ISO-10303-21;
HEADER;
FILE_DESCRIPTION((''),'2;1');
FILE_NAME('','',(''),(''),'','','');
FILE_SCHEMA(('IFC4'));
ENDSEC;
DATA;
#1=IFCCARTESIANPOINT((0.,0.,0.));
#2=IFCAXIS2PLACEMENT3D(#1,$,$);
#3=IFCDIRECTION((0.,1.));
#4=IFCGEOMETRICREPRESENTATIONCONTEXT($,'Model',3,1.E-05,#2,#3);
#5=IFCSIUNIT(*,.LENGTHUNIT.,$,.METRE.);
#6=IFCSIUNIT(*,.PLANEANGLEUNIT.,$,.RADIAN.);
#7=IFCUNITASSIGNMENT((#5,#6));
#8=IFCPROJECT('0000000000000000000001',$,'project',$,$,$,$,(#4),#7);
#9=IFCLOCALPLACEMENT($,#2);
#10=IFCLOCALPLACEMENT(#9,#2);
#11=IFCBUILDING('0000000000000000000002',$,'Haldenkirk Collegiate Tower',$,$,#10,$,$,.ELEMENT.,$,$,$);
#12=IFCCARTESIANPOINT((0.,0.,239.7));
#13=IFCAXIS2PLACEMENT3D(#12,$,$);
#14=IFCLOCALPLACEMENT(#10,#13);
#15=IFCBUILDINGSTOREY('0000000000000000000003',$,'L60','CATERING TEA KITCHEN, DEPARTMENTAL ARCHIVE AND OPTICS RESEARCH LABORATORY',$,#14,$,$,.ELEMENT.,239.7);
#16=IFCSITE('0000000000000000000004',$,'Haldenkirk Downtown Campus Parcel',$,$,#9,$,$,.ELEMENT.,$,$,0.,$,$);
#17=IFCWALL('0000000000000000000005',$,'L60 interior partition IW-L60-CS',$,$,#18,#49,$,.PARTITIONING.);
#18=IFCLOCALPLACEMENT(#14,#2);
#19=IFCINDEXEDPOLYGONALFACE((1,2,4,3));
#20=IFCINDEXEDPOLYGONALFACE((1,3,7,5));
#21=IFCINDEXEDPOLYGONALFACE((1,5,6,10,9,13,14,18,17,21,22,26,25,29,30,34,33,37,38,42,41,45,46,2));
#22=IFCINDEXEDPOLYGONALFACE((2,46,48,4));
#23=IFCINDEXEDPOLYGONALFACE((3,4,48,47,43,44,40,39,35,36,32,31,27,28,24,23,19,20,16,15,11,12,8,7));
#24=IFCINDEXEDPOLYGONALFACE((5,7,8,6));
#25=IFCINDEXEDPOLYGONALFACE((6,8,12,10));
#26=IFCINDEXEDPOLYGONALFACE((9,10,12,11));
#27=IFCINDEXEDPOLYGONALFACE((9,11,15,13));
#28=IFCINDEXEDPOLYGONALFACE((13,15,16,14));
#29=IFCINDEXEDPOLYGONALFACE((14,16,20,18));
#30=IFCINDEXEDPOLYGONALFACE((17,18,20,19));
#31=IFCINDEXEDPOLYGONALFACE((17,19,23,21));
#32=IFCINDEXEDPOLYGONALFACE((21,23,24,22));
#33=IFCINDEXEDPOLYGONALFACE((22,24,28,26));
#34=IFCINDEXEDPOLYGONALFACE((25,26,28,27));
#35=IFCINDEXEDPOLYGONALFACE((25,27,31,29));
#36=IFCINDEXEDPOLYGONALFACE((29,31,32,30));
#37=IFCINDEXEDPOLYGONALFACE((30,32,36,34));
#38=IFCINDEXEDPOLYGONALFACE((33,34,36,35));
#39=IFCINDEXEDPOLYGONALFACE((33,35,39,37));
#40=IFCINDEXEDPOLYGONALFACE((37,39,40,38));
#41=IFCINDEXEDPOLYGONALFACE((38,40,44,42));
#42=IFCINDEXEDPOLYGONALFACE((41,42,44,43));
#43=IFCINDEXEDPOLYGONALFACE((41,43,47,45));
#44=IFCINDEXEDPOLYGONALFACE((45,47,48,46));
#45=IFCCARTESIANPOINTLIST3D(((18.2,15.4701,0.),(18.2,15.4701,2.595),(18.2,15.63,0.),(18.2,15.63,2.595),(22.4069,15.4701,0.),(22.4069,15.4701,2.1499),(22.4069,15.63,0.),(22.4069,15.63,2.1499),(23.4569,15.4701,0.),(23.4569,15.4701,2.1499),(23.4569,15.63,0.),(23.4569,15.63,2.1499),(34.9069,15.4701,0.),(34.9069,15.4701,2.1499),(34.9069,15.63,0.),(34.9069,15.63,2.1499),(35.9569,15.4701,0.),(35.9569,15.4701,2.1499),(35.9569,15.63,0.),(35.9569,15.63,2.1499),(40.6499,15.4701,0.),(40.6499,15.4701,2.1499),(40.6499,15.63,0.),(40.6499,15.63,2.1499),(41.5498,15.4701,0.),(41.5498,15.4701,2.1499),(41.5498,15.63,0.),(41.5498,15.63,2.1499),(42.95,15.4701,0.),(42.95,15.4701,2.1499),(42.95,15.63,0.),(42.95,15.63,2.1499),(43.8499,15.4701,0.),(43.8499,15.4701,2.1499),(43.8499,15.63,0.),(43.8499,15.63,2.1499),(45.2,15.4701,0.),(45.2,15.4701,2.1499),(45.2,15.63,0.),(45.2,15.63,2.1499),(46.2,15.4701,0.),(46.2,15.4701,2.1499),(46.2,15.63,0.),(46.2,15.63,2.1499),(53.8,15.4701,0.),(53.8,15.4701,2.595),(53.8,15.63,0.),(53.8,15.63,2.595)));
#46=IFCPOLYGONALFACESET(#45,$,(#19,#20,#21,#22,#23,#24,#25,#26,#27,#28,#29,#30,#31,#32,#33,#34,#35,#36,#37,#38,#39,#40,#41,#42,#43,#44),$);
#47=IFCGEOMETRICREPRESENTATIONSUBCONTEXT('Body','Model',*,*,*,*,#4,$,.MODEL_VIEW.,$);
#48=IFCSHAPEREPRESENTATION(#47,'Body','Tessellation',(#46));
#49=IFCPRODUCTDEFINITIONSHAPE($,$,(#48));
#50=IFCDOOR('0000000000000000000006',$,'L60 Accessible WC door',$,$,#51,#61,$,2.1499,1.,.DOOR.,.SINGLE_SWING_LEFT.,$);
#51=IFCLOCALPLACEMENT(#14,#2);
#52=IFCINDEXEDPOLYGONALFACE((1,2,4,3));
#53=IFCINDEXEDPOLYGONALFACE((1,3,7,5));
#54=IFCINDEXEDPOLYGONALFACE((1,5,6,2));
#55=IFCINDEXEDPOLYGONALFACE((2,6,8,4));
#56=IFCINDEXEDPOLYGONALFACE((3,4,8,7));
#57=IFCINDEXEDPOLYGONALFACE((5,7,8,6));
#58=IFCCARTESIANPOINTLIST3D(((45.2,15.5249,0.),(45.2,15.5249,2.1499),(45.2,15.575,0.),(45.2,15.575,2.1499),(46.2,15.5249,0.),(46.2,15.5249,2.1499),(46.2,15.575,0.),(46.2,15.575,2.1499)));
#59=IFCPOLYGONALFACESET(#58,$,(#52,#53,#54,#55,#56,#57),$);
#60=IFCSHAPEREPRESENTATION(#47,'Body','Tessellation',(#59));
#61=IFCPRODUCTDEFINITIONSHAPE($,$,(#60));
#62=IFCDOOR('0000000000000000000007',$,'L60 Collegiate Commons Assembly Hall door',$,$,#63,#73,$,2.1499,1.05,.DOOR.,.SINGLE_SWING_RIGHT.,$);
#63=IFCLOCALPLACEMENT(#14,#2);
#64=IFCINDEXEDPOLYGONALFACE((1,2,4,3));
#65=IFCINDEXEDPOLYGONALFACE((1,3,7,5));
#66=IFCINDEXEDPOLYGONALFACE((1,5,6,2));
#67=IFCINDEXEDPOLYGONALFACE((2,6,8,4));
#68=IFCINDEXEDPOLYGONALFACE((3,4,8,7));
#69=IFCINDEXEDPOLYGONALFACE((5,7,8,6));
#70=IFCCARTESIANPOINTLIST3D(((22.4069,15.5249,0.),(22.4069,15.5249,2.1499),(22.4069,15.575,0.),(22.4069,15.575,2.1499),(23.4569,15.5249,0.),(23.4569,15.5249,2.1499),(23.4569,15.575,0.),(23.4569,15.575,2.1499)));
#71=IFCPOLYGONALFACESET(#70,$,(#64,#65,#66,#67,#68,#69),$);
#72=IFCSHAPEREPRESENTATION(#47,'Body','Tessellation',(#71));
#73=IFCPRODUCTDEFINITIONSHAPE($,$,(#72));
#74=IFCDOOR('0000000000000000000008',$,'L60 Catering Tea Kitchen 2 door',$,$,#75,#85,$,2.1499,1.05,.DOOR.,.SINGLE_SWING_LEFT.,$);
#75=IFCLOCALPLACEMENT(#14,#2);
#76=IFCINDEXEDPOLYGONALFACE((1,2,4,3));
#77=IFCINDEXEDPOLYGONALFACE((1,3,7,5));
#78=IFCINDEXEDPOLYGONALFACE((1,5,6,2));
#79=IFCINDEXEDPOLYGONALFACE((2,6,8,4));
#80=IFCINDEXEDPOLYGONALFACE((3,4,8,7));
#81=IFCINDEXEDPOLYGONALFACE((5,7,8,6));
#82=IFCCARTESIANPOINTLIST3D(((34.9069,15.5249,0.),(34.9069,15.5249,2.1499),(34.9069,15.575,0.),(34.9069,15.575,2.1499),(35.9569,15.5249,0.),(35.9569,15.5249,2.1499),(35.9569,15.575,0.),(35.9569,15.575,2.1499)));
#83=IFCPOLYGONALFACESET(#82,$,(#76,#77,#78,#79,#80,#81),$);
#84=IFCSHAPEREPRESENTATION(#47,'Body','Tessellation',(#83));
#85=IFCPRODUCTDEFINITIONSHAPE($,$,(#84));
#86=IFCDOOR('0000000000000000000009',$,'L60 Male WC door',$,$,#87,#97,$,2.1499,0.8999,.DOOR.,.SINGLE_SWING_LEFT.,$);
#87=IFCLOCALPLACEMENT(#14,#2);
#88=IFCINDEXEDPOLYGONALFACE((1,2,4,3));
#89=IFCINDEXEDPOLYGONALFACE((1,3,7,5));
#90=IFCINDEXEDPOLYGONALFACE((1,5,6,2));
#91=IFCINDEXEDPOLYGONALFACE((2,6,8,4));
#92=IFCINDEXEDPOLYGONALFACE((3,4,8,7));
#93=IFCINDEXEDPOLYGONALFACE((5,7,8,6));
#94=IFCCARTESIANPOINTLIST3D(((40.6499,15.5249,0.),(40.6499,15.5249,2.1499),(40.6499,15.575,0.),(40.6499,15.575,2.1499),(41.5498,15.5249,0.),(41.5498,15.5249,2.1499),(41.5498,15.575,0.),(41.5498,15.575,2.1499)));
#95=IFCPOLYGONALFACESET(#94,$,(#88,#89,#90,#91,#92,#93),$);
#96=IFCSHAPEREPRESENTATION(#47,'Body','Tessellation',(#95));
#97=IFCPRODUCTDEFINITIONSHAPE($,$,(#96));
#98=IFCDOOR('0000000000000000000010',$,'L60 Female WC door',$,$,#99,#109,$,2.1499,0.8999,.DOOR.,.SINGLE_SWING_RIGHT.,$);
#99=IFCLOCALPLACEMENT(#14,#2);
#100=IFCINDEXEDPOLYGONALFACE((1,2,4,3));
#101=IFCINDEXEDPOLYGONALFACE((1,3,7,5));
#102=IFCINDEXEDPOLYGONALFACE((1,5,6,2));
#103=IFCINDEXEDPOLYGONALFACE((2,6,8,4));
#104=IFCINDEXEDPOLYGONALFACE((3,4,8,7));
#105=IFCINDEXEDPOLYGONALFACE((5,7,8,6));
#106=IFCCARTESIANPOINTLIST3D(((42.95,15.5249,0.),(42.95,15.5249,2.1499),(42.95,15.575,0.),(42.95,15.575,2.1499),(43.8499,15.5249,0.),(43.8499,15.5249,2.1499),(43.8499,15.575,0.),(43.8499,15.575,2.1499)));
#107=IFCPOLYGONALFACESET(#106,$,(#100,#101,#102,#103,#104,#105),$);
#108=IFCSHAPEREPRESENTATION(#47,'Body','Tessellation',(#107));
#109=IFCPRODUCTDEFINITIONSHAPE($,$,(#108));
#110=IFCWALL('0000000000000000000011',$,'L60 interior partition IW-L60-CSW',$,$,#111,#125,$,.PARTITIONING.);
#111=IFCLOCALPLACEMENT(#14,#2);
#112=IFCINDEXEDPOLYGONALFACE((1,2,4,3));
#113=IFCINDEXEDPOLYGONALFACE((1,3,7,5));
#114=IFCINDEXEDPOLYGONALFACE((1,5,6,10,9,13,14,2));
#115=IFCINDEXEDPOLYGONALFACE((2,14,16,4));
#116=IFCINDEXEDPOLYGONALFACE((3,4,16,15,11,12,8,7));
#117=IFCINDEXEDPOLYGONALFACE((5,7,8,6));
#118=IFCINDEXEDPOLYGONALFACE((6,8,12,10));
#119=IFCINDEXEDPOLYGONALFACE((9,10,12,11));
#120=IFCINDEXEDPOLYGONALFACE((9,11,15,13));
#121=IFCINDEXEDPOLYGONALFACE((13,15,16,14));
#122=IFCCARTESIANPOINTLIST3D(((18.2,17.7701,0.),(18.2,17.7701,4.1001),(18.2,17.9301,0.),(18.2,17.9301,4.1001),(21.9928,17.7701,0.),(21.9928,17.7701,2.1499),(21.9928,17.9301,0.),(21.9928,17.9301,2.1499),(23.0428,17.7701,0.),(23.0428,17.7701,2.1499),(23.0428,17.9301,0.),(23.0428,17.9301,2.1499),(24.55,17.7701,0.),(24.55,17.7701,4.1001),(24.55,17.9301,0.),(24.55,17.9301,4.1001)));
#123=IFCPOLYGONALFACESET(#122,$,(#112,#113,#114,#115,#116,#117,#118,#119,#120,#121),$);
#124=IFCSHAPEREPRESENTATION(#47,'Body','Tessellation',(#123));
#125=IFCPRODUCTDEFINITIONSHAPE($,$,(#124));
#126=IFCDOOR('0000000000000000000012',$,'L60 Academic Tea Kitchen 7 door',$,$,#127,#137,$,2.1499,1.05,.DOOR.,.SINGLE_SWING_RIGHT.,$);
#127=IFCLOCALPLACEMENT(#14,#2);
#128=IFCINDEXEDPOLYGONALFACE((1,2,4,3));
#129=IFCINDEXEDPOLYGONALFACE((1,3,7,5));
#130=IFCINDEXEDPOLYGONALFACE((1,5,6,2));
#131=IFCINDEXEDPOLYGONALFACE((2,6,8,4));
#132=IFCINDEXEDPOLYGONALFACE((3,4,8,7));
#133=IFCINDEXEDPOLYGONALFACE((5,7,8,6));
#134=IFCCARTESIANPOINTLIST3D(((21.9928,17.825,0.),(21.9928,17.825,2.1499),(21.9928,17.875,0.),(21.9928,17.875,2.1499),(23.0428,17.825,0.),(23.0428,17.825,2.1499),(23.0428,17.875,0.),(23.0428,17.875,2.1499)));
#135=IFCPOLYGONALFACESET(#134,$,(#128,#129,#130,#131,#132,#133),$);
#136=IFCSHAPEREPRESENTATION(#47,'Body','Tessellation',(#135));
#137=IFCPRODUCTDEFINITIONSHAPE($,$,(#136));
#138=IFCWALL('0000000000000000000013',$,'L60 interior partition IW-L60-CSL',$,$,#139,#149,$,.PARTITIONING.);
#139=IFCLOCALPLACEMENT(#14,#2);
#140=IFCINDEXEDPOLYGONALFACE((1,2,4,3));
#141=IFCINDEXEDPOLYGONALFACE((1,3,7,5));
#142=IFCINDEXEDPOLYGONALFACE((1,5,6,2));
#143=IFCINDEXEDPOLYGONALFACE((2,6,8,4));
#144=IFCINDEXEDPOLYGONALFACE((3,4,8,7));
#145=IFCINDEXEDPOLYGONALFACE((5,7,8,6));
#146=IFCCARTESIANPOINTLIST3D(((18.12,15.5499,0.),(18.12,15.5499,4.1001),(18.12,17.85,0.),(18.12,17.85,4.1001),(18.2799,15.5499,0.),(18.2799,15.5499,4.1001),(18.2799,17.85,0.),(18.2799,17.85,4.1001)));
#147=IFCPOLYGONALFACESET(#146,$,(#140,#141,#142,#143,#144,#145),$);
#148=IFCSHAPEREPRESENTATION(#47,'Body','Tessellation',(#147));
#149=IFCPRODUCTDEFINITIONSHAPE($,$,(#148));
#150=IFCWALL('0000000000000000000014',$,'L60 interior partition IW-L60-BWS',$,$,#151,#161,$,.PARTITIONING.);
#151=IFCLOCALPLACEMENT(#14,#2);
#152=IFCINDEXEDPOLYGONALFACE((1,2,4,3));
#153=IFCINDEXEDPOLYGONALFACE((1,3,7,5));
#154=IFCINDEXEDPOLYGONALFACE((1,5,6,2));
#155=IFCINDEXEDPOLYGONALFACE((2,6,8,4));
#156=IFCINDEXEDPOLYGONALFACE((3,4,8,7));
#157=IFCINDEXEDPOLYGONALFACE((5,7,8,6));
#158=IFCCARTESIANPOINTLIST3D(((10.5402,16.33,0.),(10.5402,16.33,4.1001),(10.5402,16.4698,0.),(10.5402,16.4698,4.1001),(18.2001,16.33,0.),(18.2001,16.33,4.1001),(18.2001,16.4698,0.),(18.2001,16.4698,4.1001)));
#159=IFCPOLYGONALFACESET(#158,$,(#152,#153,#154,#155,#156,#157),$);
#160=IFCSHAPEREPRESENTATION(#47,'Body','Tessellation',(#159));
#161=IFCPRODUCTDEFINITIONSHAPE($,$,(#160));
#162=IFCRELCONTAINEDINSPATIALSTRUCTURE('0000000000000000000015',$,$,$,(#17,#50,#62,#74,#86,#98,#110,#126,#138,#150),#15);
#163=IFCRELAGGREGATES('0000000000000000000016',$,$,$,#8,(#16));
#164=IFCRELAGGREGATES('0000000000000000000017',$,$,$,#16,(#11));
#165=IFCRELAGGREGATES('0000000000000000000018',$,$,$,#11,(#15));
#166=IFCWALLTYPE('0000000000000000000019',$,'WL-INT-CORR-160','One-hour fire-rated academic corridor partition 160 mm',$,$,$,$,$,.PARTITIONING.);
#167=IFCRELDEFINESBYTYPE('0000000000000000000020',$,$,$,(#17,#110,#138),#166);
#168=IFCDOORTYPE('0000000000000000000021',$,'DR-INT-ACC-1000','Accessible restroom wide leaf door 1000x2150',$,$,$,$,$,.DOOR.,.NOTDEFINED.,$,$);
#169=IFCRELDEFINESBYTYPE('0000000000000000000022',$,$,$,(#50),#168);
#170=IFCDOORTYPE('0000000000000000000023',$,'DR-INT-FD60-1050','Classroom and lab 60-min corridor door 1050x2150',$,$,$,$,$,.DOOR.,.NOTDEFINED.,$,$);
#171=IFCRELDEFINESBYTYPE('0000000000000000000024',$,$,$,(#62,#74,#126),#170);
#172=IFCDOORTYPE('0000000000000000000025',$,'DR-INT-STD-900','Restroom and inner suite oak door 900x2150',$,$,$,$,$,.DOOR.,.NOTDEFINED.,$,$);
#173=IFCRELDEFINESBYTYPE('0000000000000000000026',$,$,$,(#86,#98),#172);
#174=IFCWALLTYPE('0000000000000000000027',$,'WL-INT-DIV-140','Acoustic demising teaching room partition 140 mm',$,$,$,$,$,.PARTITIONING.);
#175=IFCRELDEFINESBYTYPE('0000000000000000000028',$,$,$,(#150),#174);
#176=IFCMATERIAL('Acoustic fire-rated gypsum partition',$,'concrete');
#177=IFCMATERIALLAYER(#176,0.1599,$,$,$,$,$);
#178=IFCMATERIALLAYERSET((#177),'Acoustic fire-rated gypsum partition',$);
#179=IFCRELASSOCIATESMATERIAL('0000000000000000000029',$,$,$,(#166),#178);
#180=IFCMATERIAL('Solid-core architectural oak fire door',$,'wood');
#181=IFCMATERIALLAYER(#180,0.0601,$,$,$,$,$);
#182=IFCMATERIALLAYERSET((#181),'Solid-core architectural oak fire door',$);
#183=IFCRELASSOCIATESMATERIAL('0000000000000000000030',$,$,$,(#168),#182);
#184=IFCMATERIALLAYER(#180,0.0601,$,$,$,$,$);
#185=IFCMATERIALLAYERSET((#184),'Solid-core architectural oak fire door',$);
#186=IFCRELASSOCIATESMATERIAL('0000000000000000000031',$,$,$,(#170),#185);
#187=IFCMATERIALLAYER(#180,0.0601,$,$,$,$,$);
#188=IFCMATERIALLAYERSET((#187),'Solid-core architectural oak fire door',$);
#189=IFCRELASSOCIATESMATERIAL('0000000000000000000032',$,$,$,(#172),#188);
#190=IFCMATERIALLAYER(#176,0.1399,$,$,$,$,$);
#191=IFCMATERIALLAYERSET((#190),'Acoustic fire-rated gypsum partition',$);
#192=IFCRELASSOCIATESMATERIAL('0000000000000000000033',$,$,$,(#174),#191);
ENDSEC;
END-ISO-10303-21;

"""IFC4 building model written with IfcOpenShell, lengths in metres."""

from ifc_helpers import new_model, si_unit, direction, frame, frame_2d, origin, place, context, subcontext, project, spatial, rectangle, extrude, material, layer, layer_set, type_object, element, fill, save


model = new_model("IFC4")

# Units and contexts
model_context = context("Model", 3, precision=1e-05, world=origin(), true_north=direction((0.0, 1.0)))
body_context = subcontext(model_context, "Body", "Model", "MODEL_VIEW")
ifc_project = project(units=[si_unit("LENGTHUNIT", "METRE"), si_unit("PLANEANGLEUNIT", "RADIAN")], contexts=[model_context])

# Site, building, storey
site_placement = place(None, origin())
site = spatial("IfcSite", under=ifc_project, at=site_placement, Name="Haldenkirk Downtown Campus Parcel", CompositionType="ELEMENT", RefElevation=0.0)
building_placement = place(site_placement, origin())
building = spatial("IfcBuilding", under=site, at=building_placement, Name="Haldenkirk Collegiate Tower", CompositionType="ELEMENT")
storey_placement = place(building_placement, frame((0.0, 0.0, 239.7)))
storey = spatial("IfcBuildingStorey", under=building, at=storey_placement, Name="L60", Description="CATERING TEA KITCHEN, DEPARTMENTAL ARCHIVE AND OPTICS RESEARCH LABORATORY", CompositionType="ELEMENT", Elevation=239.7)

# Wall, openings, doors
ifc_material_1 = material(Name="Acoustic fire-rated gypsum partition", Category="concrete")
ifc_layer_1 = layer(ifc_material_1, 0.1599)
ifc_layer_set_1 = layer_set([ifc_layer_1], Name="Acoustic fire-rated gypsum partition")
wall_type_1 = type_object("IfcWallType", Name="WL-INT-CORR-160", Description="One-hour fire-rated academic corridor partition 160 mm", PredefinedType="PARTITIONING", material=ifc_layer_set_1)
wall_1_placement = place(storey_placement, frame((18.2, 15.55, 0.0), z_axis=(0.0, 0.0, 1.0), x_axis=(1.0, 0.0, 0.0)))
wall_1 = element("IfcWall", 1, at=wall_1_placement, inside=storey, type_object=wall_type_1, Name="L60 interior partition IW-L60-CS", PredefinedType="PARTITIONING", context=body_context, shape_type="SweptSolid", body=[
    extrude(rectangle(XDim=35.6001, YDim=0.1599, at=frame_2d((17.8, 0.0))), origin(), (0.0, 0.0, 1.0), 2.595),
])
opening_1_placement = place(wall_1_placement, frame((22.45, 0.0, 0.0)))
opening_1 = element("IfcOpeningElement", 2, at=opening_1_placement, cuts=wall_1, PredefinedType="OPENING", context=body_context, shape_type="SweptSolid", body=[
    extrude(rectangle(XDim=0.8999, YDim=2.1499, at=frame_2d((0.45, 1.075))), frame((0.0, 0.0898, 0.0), z_axis=(0.0, -1.0, 0.0), x_axis=(1.0, 0.0, 0.0)), (0.0, 0.0, 1.0), 0.1799),
])
opening_2_placement = place(wall_1_placement, frame((24.75, 0.0, 0.0)))
opening_2 = element("IfcOpeningElement", 3, at=opening_2_placement, cuts=wall_1, PredefinedType="OPENING", context=body_context, shape_type="SweptSolid", body=[
    extrude(rectangle(XDim=0.8999, YDim=2.1499, at=frame_2d((0.45, 1.075))), frame((0.0, 0.0898, 0.0), z_axis=(0.0, -1.0, 0.0), x_axis=(1.0, 0.0, 0.0)), (0.0, 0.0, 1.0), 0.1799),
])
opening_3_placement = place(wall_1_placement, frame((27.0, 0.0, 0.0)))
opening_3 = element("IfcOpeningElement", 4, at=opening_3_placement, cuts=wall_1, PredefinedType="OPENING", context=body_context, shape_type="SweptSolid", body=[
    extrude(rectangle(XDim=1.0, YDim=2.1499, at=frame_2d((0.5, 1.075))), frame((0.0, 0.0898, 0.0), z_axis=(0.0, -1.0, 0.0), x_axis=(1.0, 0.0, 0.0)), (0.0, 0.0, 1.0), 0.1799),
])
opening_4_placement = place(wall_1_placement, frame((4.207, 0.0, 0.0)))
opening_4 = element("IfcOpeningElement", 5, at=opening_4_placement, cuts=wall_1, PredefinedType="OPENING", context=body_context, shape_type="SweptSolid", body=[
    extrude(rectangle(XDim=1.05, YDim=2.1499, at=frame_2d((0.5249, 1.075))), frame((0.0, 0.0898, 0.0), z_axis=(0.0, -1.0, 0.0), x_axis=(1.0, 0.0, 0.0)), (0.0, 0.0, 1.0), 0.1799),
])
opening_5_placement = place(wall_1_placement, frame((16.707, 0.0, 0.0)))
opening_5 = element("IfcOpeningElement", 6, at=opening_5_placement, cuts=wall_1, PredefinedType="OPENING", context=body_context, shape_type="SweptSolid", body=[
    extrude(rectangle(XDim=1.05, YDim=2.1499, at=frame_2d((0.5249, 1.075))), frame((0.0, 0.0898, 0.0), z_axis=(0.0, -1.0, 0.0), x_axis=(1.0, 0.0, 0.0)), (0.0, 0.0, 1.0), 0.1799),
])
ifc_material_2 = material(Name="Solid-core architectural oak fire door", Category="wood")
ifc_layer_2 = layer(ifc_material_2, 0.0601)
ifc_layer_set_2 = layer_set([ifc_layer_2], Name="Solid-core architectural oak fire door")
door_type_1 = type_object("IfcDoorType", Name="DR-INT-ACC-1000", Description="Accessible restroom wide leaf door 1000x2150", OperationType="NOTDEFINED", PredefinedType="DOOR", material=ifc_layer_set_2)
door_1_placement = place(opening_3_placement, origin())
door_1 = element("IfcDoor", 7, at=door_1_placement, inside=storey, type_object=door_type_1, Name="L60 Accessible WC door", OperationType="SINGLE_SWING_LEFT", OverallHeight=2.1499, OverallWidth=1.0, PredefinedType="DOOR", context=body_context, shape_type="SweptSolid", body=[
    extrude(rectangle(XDim=1.0, YDim=2.1499, at=frame_2d((0.5, 1.075))), frame((0.0, 0.0249, 0.0), z_axis=(0.0, -1.0, 0.0), x_axis=(1.0, 0.0, 0.0)), (0.0, 0.0, 1.0), 0.05),
])
fill(opening_3, door_1)
ifc_layer_3 = layer(ifc_material_2, 0.0601)
ifc_layer_set_3 = layer_set([ifc_layer_3], Name="Solid-core architectural oak fire door")
door_type_2 = type_object("IfcDoorType", Name="DR-INT-FD60-1050", Description="Classroom and lab 60-min corridor door 1050x2150", OperationType="NOTDEFINED", PredefinedType="DOOR", material=ifc_layer_set_3)
door_2_placement = place(opening_4_placement, origin())
door_2 = element("IfcDoor", 8, at=door_2_placement, inside=storey, type_object=door_type_2, Name="L60 Collegiate Commons Assembly Hall door", OperationType="SINGLE_SWING_RIGHT", OverallHeight=2.1499, OverallWidth=1.05, PredefinedType="DOOR", context=body_context, shape_type="SweptSolid", body=[
    extrude(rectangle(XDim=1.05, YDim=2.1499, at=frame_2d((0.5249, 1.075))), frame((0.0, 0.0249, 0.0), z_axis=(0.0, -1.0, 0.0), x_axis=(1.0, 0.0, 0.0)), (0.0, 0.0, 1.0), 0.05),
])
fill(opening_4, door_2)
door_3_placement = place(opening_5_placement, origin())
door_3 = element("IfcDoor", 9, at=door_3_placement, inside=storey, type_object=door_type_2, Name="L60 Catering Tea Kitchen 2 door", OperationType="SINGLE_SWING_LEFT", OverallHeight=2.1499, OverallWidth=1.05, PredefinedType="DOOR", context=body_context, shape_type="SweptSolid", body=[
    extrude(rectangle(XDim=1.05, YDim=2.1499, at=frame_2d((0.5249, 1.075))), frame((0.0, 0.0249, 0.0), z_axis=(0.0, -1.0, 0.0), x_axis=(1.0, 0.0, 0.0)), (0.0, 0.0, 1.0), 0.05),
])
fill(opening_5, door_3)
ifc_layer_4 = layer(ifc_material_2, 0.0601)
ifc_layer_set_4 = layer_set([ifc_layer_4], Name="Solid-core architectural oak fire door")
door_type_3 = type_object("IfcDoorType", Name="DR-INT-STD-900", Description="Restroom and inner suite oak door 900x2150", OperationType="NOTDEFINED", PredefinedType="DOOR", material=ifc_layer_set_4)
door_4_placement = place(opening_1_placement, origin())
door_4 = element("IfcDoor", 10, at=door_4_placement, inside=storey, type_object=door_type_3, Name="L60 Male WC door", OperationType="SINGLE_SWING_LEFT", OverallHeight=2.1499, OverallWidth=0.8999, PredefinedType="DOOR", context=body_context, shape_type="SweptSolid", body=[
    extrude(rectangle(XDim=0.8999, YDim=2.1499, at=frame_2d((0.45, 1.075))), frame((0.0, 0.0249, 0.0), z_axis=(0.0, -1.0, 0.0), x_axis=(1.0, 0.0, 0.0)), (0.0, 0.0, 1.0), 0.05),
])
fill(opening_1, door_4)
door_5_placement = place(opening_2_placement, origin())
door_5 = element("IfcDoor", 11, at=door_5_placement, inside=storey, type_object=door_type_3, Name="L60 Female WC door", OperationType="SINGLE_SWING_RIGHT", OverallHeight=2.1499, OverallWidth=0.8999, PredefinedType="DOOR", context=body_context, shape_type="SweptSolid", body=[
    extrude(rectangle(XDim=0.8999, YDim=2.1499, at=frame_2d((0.45, 1.075))), frame((0.0, 0.0249, 0.0), z_axis=(0.0, -1.0, 0.0), x_axis=(1.0, 0.0, 0.0)), (0.0, 0.0, 1.0), 0.05),
])
fill(opening_2, door_5)

# Wall, opening, door
wall_2_placement = place(storey_placement, frame((18.2, 17.8501, 0.0), z_axis=(0.0, 0.0, 1.0), x_axis=(1.0, 0.0, 0.0)))
wall_2 = element("IfcWall", 12, at=wall_2_placement, inside=storey, type_object=wall_type_1, Name="L60 interior partition IW-L60-CSW", PredefinedType="PARTITIONING", context=body_context, shape_type="SweptSolid", body=[
    extrude(rectangle(XDim=6.3501, YDim=0.1599, at=frame_2d((3.175, 0.0))), origin(), (0.0, 0.0, 1.0), 4.1001),
])
opening_6_placement = place(wall_2_placement, frame((3.793, 0.0, 0.0)))
opening_6 = element("IfcOpeningElement", 13, at=opening_6_placement, cuts=wall_2, PredefinedType="OPENING", context=body_context, shape_type="SweptSolid", body=[
    extrude(rectangle(XDim=1.05, YDim=2.1499, at=frame_2d((0.5249, 1.075))), frame((0.0, 0.0898, 0.0), z_axis=(0.0, -1.0, 0.0), x_axis=(1.0, 0.0, 0.0)), (0.0, 0.0, 1.0), 0.1799),
])
door_6_placement = place(opening_6_placement, origin())
door_6 = element("IfcDoor", 14, at=door_6_placement, inside=storey, type_object=door_type_2, Name="L60 Academic Tea Kitchen 7 door", OperationType="SINGLE_SWING_RIGHT", OverallHeight=2.1499, OverallWidth=1.05, PredefinedType="DOOR", context=body_context, shape_type="SweptSolid", body=[
    extrude(rectangle(XDim=1.05, YDim=2.1499, at=frame_2d((0.5249, 1.075))), frame((0.0, 0.0249, 0.0), z_axis=(0.0, -1.0, 0.0), x_axis=(1.0, 0.0, 0.0)), (0.0, 0.0, 1.0), 0.05),
])
fill(opening_6, door_6)

# Walls
wall_3_placement = place(storey_placement, frame((18.2, 15.55, 0.0), z_axis=(0.0, 0.0, 1.0), x_axis=(0.0, 1.0, 0.0)))
element("IfcWall", 15, at=wall_3_placement, inside=storey, type_object=wall_type_1, Name="L60 interior partition IW-L60-CSL", PredefinedType="PARTITIONING", context=body_context, shape_type="SweptSolid", body=[
    extrude(rectangle(XDim=2.3, YDim=0.1599, at=frame_2d((1.1499, 0.0))), origin(), (0.0, 0.0, 1.0), 4.1001),
])
ifc_layer_5 = layer(ifc_material_1, 0.1399)
ifc_layer_set_5 = layer_set([ifc_layer_5], Name="Acoustic fire-rated gypsum partition")
wall_type_2 = type_object("IfcWallType", Name="WL-INT-DIV-140", Description="Acoustic demising teaching room partition 140 mm", PredefinedType="PARTITIONING", material=ifc_layer_set_5)
wall_4_placement = place(storey_placement, frame((10.54, 16.3999, 0.0), z_axis=(0.0, 0.0, 1.0), x_axis=(1.0, 0.0, 0.0)))
element("IfcWall", 16, at=wall_4_placement, inside=storey, type_object=wall_type_2, Name="L60 interior partition IW-L60-BWS", PredefinedType="PARTITIONING", context=body_context, shape_type="SweptSolid", body=[
    extrude(rectangle(XDim=7.6599, YDim=0.1399, at=frame_2d((3.8301, 0.0))), origin(), (0.0, 0.0, 1.0), 4.1001),
])

save(model, "model.ifc")
